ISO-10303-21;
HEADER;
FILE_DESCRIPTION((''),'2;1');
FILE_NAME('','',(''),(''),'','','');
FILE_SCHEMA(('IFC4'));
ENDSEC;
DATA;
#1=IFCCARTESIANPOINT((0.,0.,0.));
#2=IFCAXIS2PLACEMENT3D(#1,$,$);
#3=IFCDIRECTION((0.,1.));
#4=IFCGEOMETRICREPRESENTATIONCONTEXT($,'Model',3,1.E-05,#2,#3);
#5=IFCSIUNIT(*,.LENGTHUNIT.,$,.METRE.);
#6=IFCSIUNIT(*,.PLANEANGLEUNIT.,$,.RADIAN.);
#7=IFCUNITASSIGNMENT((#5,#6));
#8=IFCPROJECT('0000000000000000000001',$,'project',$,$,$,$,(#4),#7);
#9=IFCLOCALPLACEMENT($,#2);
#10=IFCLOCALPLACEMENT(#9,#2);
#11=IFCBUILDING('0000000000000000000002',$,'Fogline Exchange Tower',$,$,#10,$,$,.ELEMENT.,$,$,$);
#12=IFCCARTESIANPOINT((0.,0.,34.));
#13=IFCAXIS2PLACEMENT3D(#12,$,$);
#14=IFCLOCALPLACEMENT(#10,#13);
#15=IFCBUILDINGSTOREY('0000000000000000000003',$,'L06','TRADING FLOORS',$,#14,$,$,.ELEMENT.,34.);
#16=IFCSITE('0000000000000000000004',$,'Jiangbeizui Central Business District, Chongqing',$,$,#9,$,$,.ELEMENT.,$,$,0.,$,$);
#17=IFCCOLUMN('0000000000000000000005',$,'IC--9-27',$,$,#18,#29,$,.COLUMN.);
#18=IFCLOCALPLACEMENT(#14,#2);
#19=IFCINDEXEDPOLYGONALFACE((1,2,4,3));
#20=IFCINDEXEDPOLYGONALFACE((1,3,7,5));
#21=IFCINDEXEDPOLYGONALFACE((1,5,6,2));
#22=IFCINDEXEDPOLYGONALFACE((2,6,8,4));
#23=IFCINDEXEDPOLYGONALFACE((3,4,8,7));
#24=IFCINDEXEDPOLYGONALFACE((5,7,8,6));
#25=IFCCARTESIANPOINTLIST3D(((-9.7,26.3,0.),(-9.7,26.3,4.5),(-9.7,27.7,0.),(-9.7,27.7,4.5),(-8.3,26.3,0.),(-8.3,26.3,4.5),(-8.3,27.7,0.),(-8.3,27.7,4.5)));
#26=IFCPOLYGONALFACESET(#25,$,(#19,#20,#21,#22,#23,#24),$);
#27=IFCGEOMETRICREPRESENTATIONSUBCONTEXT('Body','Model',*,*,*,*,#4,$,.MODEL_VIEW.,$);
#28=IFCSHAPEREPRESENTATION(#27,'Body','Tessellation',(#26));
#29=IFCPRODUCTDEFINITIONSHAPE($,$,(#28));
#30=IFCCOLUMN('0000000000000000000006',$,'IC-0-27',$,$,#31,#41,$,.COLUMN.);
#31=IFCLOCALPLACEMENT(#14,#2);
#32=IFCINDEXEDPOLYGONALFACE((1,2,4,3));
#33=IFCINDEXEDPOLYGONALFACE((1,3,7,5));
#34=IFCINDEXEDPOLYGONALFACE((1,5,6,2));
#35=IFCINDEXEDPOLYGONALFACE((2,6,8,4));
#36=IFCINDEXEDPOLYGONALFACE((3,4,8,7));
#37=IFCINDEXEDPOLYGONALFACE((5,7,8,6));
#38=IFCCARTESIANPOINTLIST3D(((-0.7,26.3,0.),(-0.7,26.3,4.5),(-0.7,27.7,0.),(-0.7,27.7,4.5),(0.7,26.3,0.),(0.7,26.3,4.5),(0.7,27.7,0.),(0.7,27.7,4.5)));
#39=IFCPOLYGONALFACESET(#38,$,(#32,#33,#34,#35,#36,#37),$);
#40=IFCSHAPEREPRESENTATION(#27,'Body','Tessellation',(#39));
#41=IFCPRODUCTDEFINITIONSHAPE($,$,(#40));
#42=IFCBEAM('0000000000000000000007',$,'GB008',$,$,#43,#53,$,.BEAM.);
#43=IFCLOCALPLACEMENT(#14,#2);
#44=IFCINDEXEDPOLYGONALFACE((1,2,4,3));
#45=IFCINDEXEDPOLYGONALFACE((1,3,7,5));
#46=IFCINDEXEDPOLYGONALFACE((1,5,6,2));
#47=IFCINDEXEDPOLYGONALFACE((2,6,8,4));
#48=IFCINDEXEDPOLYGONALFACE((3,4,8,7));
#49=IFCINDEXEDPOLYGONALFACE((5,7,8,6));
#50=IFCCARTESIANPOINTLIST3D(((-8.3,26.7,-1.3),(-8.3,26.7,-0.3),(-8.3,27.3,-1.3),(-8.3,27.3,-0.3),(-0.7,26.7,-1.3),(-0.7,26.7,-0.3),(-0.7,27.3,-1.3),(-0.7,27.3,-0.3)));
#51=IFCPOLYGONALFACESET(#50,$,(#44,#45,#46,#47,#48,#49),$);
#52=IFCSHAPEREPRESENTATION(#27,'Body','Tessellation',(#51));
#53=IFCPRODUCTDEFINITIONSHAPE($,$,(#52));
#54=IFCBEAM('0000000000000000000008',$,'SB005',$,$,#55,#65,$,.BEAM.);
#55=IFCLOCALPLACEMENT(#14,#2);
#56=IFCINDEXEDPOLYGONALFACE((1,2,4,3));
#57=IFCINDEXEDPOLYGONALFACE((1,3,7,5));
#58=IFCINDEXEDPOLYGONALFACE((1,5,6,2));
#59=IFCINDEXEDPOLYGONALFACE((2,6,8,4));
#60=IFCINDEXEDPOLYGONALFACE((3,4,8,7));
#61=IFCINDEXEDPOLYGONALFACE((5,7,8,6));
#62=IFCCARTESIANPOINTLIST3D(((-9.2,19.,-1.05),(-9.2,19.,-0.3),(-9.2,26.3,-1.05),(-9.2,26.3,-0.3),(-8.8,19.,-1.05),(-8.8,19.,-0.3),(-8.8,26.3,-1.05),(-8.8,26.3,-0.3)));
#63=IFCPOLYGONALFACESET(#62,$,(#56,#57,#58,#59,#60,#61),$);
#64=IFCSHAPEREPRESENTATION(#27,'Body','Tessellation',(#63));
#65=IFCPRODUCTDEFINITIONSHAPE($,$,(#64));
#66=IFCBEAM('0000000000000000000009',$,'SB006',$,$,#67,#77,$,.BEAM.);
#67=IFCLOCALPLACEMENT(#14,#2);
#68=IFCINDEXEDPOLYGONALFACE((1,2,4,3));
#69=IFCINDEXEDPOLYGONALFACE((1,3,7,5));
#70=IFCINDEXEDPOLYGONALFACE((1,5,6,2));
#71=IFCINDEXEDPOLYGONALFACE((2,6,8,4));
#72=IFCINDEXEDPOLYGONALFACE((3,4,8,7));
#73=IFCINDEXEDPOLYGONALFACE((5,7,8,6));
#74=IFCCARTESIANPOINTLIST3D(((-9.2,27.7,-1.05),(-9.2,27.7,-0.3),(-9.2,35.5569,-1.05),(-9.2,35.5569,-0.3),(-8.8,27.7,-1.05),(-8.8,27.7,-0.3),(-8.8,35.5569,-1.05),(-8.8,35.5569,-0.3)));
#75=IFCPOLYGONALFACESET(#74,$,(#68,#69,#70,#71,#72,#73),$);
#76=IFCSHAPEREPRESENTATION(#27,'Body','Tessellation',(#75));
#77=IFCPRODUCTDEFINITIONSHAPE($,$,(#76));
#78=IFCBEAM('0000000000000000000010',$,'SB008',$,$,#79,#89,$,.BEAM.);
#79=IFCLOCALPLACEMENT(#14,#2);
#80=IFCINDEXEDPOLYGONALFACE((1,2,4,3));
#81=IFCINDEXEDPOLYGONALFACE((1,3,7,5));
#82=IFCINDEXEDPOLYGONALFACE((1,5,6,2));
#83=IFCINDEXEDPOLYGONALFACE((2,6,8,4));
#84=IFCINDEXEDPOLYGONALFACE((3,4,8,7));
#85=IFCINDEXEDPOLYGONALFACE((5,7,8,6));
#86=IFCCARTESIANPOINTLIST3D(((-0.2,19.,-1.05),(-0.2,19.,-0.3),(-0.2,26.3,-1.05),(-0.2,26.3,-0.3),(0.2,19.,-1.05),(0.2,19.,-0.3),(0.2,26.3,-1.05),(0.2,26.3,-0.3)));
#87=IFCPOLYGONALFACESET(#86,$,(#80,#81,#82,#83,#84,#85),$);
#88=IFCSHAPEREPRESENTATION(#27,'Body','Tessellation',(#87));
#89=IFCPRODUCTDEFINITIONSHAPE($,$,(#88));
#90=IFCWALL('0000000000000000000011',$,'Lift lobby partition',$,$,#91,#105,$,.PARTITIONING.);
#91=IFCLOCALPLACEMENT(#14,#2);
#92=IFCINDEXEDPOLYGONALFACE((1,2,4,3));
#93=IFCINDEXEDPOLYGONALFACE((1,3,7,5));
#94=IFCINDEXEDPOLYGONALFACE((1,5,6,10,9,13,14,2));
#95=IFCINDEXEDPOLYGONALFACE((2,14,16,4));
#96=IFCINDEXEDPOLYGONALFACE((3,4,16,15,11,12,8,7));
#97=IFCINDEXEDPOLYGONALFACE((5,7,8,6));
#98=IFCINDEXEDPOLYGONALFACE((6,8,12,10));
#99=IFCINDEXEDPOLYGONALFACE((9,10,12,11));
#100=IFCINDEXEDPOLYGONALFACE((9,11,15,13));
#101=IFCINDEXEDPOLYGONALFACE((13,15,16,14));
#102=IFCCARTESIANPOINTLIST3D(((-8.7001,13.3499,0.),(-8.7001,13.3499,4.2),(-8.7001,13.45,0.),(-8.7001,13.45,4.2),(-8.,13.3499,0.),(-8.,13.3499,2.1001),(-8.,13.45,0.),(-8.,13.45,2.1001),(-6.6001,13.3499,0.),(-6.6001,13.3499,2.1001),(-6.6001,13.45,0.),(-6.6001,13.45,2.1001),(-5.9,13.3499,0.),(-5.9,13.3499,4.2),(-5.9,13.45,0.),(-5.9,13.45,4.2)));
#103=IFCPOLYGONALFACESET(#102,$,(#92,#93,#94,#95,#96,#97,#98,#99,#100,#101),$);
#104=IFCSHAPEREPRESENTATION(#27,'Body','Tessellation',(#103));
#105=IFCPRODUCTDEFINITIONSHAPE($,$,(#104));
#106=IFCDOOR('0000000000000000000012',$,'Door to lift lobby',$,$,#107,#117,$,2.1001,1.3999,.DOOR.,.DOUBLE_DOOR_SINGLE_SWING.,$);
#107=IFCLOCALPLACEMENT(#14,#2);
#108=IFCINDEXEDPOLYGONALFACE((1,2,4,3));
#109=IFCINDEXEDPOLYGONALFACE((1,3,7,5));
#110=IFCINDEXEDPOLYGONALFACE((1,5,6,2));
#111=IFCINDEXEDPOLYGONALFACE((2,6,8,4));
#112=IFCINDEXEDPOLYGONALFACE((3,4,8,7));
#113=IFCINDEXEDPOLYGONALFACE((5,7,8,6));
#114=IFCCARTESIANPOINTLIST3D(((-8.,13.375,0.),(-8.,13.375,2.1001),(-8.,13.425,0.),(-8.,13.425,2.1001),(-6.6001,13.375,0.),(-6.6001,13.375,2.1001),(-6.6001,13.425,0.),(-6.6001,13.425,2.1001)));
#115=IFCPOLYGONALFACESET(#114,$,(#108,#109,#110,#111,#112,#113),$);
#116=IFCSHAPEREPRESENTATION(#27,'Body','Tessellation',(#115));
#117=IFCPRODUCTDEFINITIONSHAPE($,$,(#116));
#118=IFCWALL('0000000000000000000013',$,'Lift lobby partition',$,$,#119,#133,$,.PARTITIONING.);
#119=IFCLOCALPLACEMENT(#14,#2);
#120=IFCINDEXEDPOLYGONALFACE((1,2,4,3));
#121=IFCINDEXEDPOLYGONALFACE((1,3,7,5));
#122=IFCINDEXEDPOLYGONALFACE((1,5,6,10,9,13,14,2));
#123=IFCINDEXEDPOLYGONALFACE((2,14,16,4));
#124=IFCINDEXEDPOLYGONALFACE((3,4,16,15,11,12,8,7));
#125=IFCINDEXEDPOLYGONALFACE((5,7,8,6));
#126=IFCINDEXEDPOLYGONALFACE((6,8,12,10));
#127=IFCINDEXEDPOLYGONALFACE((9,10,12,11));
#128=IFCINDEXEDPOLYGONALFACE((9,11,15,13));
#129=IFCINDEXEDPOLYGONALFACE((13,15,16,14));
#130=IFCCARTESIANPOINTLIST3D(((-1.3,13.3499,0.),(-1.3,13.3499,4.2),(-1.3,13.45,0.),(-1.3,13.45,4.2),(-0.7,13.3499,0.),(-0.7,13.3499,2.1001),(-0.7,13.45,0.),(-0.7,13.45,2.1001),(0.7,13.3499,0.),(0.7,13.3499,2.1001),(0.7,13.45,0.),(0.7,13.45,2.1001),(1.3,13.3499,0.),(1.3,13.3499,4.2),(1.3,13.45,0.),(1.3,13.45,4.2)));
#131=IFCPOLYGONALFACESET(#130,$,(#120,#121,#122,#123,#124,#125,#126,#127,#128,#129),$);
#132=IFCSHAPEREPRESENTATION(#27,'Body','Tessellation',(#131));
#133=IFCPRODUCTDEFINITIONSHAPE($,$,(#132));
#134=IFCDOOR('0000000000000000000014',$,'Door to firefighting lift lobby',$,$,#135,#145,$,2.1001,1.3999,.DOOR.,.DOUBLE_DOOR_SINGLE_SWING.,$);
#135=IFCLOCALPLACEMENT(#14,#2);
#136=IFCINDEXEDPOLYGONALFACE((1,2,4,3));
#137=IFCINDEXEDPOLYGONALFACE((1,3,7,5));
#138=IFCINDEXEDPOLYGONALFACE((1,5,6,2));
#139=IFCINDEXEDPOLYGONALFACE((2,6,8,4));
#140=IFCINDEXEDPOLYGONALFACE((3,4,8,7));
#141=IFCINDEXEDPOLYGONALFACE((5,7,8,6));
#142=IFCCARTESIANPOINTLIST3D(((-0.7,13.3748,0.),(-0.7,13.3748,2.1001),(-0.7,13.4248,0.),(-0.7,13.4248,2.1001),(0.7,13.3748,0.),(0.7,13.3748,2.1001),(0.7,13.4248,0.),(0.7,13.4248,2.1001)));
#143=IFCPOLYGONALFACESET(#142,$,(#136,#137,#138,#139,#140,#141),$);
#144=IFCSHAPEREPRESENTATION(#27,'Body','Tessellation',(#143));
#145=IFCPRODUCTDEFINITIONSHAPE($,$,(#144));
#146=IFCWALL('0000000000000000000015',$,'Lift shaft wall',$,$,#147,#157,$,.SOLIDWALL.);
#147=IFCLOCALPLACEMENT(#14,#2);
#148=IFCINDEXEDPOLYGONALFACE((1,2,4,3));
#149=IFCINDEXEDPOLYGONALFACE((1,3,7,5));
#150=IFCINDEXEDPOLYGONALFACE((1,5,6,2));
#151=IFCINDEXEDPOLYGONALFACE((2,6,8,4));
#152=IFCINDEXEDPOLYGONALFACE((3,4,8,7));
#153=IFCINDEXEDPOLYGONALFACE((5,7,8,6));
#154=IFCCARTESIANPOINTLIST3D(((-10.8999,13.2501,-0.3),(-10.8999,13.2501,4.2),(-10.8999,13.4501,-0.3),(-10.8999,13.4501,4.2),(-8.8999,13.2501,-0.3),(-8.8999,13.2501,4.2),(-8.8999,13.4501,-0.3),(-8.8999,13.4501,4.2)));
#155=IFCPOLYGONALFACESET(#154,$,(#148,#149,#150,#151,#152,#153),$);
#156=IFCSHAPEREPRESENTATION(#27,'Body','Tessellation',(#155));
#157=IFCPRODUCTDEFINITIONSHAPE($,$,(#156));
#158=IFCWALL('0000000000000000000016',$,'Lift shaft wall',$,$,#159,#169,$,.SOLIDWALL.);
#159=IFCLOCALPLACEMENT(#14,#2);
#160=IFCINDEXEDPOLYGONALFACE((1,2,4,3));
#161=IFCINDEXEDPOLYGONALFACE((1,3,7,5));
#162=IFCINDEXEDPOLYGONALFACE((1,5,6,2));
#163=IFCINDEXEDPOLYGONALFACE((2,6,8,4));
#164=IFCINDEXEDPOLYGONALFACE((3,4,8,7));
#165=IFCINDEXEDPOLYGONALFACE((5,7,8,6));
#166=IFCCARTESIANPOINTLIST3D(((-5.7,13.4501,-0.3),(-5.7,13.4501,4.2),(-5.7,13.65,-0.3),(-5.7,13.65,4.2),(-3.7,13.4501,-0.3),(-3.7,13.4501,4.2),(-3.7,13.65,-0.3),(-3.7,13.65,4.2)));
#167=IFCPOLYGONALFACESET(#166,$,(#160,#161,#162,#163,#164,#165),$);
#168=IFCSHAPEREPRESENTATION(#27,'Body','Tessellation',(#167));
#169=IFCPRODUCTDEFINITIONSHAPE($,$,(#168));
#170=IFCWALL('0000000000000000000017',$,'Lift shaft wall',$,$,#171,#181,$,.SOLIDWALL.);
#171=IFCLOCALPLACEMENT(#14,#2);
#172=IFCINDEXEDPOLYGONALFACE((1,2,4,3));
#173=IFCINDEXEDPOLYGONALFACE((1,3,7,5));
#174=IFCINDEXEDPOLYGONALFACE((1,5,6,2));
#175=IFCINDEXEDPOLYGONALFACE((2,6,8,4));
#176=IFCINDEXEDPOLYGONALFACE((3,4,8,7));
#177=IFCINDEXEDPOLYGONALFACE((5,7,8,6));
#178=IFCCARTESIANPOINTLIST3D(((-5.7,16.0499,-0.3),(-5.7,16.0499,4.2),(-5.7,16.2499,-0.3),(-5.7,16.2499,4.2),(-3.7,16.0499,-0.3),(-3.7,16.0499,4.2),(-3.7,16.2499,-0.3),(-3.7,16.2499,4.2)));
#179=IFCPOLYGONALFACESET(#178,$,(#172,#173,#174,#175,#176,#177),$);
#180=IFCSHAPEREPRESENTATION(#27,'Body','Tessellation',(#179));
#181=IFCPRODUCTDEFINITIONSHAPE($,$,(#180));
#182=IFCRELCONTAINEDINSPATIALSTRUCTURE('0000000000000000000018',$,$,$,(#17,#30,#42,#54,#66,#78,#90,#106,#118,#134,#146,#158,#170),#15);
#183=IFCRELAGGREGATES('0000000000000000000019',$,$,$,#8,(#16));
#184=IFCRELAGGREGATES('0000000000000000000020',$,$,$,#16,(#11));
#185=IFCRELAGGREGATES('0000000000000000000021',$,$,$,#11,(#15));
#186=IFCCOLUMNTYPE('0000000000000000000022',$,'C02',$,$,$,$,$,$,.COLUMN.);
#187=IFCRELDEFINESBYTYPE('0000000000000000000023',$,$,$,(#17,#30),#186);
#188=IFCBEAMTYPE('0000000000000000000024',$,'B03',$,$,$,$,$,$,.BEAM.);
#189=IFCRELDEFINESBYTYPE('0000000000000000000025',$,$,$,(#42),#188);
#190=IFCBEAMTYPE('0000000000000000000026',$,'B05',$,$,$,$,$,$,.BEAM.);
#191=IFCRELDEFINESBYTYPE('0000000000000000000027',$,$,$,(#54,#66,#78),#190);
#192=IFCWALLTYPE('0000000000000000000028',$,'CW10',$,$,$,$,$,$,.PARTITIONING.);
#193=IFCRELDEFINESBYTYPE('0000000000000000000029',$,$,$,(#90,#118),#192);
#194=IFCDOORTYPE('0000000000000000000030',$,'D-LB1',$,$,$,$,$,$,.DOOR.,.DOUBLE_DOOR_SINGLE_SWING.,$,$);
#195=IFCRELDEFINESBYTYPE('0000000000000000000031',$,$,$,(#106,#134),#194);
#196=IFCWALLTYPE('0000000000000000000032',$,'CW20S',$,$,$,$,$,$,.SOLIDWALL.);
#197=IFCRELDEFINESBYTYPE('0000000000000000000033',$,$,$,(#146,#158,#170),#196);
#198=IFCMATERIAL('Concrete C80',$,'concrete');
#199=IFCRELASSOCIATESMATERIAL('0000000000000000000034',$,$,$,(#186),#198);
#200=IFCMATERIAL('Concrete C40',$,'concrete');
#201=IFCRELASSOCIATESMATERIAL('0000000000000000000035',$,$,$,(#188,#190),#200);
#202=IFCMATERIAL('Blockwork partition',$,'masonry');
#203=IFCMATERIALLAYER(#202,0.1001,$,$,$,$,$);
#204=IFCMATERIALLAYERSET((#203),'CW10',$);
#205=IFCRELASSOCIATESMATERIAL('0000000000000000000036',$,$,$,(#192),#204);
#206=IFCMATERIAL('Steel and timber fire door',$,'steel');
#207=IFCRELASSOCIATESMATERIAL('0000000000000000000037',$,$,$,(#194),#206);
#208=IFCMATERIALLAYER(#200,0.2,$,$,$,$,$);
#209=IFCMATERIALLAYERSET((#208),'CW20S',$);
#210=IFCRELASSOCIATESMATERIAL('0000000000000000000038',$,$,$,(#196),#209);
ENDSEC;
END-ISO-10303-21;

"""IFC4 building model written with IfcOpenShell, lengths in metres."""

from ifc_helpers import new_model, si_unit, direction, frame, frame_2d, origin, origin_2d, place, context, subcontext, project, spatial, rectangle, extrude, material, layer, layer_set, material_profile, profile_set, type_object, element, fill, save


model = new_model("IFC4")

# Units and contexts
model_context = context("Model", 3, precision=1e-05, world=origin(), true_north=direction((0.0, 1.0)))
body_context = subcontext(model_context, "Body", "Model", "MODEL_VIEW")
ifc_project = project(units=[si_unit("LENGTHUNIT", "METRE"), si_unit("PLANEANGLEUNIT", "RADIAN")], contexts=[model_context])

# Site, building, storey
site_placement = place(None, origin())
site = spatial("IfcSite", under=ifc_project, at=site_placement, Name="Jiangbeizui Central Business District, Chongqing", CompositionType="ELEMENT", RefElevation=0.0)
building_placement = place(site_placement, origin())
building = spatial("IfcBuilding", under=site, at=building_placement, Name="Fogline Exchange Tower", CompositionType="ELEMENT")
storey_placement = place(building_placement, frame((0.0, 0.0, 34.0)))
storey = spatial("IfcBuildingStorey", under=building, at=storey_placement, Name="L06", Description="TRADING FLOORS", CompositionType="ELEMENT", Elevation=34.0)

# Columns
ifc_material_1 = material(Name="Concrete C80", Category="concrete")
ifc_material_profile_1 = material_profile(ifc_material_1, rectangle(XDim=1.3999, YDim=1.3999, at=origin_2d()), Name="RC 1400x1400")
ifc_profile_set_1 = profile_set([ifc_material_profile_1], Name="Concrete C80")
column_type = type_object("IfcColumnType", Name="C02", PredefinedType="COLUMN", material=ifc_profile_set_1)
for number, where, z_axis, x_axis, name in (
    (1, (-9.0, 27.0, 0.0), (0.0, 0.0, 1.0), (1.0, 0.0, 0.0), "IC--9-27"),
    (2, (0.0, 27.0, 0.0), (0.0, 0.0, 1.0), (1.0, 0.0, 0.0), "IC-0-27"),
):
    element("IfcColumn", number, at=place(storey_placement, frame(where, z_axis=z_axis, x_axis=x_axis)), inside=storey, type_object=column_type, Name=name, PredefinedType="COLUMN", context=body_context, shape_type="SweptSolid", body=[
        extrude(rectangle(XDim=1.3999, YDim=1.3999, at=origin_2d()), origin(), (0.0, 0.0, 1.0), 4.5),
    ])

# Beams
ifc_material_2 = material(Name="Concrete C40", Category="concrete")
ifc_material_profile_2 = material_profile(ifc_material_2, rectangle(XDim=0.6001, YDim=1.0, at=origin_2d()), Name="RC 600x1000")
ifc_profile_set_2 = profile_set([ifc_material_profile_2], Name="Concrete C40")
beam_type_1 = type_object("IfcBeamType", Name="B03", PredefinedType="BEAM", material=ifc_profile_set_2)
beam_1_placement = place(storey_placement, frame((-8.3, 27.0, -0.8), z_axis=(1.0, 0.0, 0.0), x_axis=(0.0, 1.0, 0.0)))
element("IfcBeam", 3, at=beam_1_placement, inside=storey, type_object=beam_type_1, Name="GB008", PredefinedType="BEAM", context=body_context, shape_type="SweptSolid", body=[
    extrude(rectangle(XDim=0.6001, YDim=1.0, at=origin_2d()), origin(), (0.0, 0.0, 1.0), 7.6001),
])
ifc_material_profile_3 = material_profile(ifc_material_2, rectangle(XDim=0.3999, YDim=0.75, at=origin_2d()), Name="RC 400x750")
ifc_profile_set_3 = profile_set([ifc_material_profile_3], Name="Concrete C40")
beam_type_2 = type_object("IfcBeamType", Name="B05", PredefinedType="BEAM", material=ifc_profile_set_3)
beam_2_placement = place(storey_placement, frame((-9.0, 19.0, -0.675), z_axis=(0.0, 1.0, 0.0), x_axis=(-1.0, 0.0, 0.0)))
element("IfcBeam", 4, at=beam_2_placement, inside=storey, type_object=beam_type_2, Name="SB005", PredefinedType="BEAM", context=body_context, shape_type="SweptSolid", body=[
    extrude(rectangle(XDim=0.3999, YDim=0.75, at=origin_2d()), origin(), (0.0, 0.0, 1.0), 7.3),
])
beam_3_placement = place(storey_placement, frame((-9.0, 27.7, -0.675), z_axis=(0.0, 1.0, 0.0), x_axis=(-1.0, 0.0, 0.0)))
element("IfcBeam", 5, at=beam_3_placement, inside=storey, type_object=beam_type_2, Name="SB006", PredefinedType="BEAM", context=body_context, shape_type="SweptSolid", body=[
    extrude(rectangle(XDim=0.3999, YDim=0.75, at=origin_2d()), origin(), (0.0, 0.0, 1.0), 7.8569),
])
beam_4_placement = place(storey_placement, frame((0.0, 19.0, -0.675), z_axis=(0.0, 1.0, 0.0), x_axis=(-1.0, 0.0, 0.0)))
element("IfcBeam", 6, at=beam_4_placement, inside=storey, type_object=beam_type_2, Name="SB008", PredefinedType="BEAM", context=body_context, shape_type="SweptSolid", body=[
    extrude(rectangle(XDim=0.3999, YDim=0.75, at=origin_2d()), origin(), (0.0, 0.0, 1.0), 7.3),
])

# Walls, openings, doors
ifc_material_3 = material(Name="Blockwork partition", Category="masonry")
ifc_layer_1 = layer(ifc_material_3, 0.1001)
ifc_layer_set_1 = layer_set([ifc_layer_1], Name="CW10")
wall_type_1 = type_object("IfcWallType", Name="CW10", PredefinedType="PARTITIONING", material=ifc_layer_set_1)
wall_1_placement = place(storey_placement, frame((-8.7, 13.3999, 0.0), z_axis=(0.0, 0.0, 1.0), x_axis=(1.0, 0.0, 0.0)))
wall_1 = element("IfcWall", 7, at=wall_1_placement, inside=storey, type_object=wall_type_1, Name="Lift lobby partition", PredefinedType="PARTITIONING", context=body_context, shape_type="SweptSolid", body=[
    extrude(rectangle(XDim=2.8, YDim=0.1001, at=frame_2d((1.3999, 0.0))), origin(), (0.0, 0.0, 1.0), 4.2),
])
opening_1_placement = place(wall_1_placement, frame((0.7, 0.0, 0.0)))
opening_1 = element("IfcOpeningElement", 8, at=opening_1_placement, cuts=wall_1, PredefinedType="OPENING", context=body_context, shape_type="SweptSolid", body=[
    extrude(rectangle(XDim=1.3999, YDim=2.1001, at=frame_2d((0.7, 1.05))), frame((0.0, 0.0601, 0.0), z_axis=(0.0, -1.0, 0.0), x_axis=(1.0, 0.0, 0.0)), (0.0, 0.0, 1.0), 0.1201),
])
ifc_material_4 = material(Name="Steel and timber fire door", Category="steel")
door_type_1 = type_object("IfcDoorType", Name="D-LB1", OperationType="DOUBLE_DOOR_SINGLE_SWING", PredefinedType="DOOR", material=ifc_material_4)
door_1_placement = place(opening_1_placement, frame((1.3999, 0.0, 0.0), z_axis=(0.0, 0.0, 1.0), x_axis=(-1.0, 0.0, 0.0)))
door_1 = element("IfcDoor", 9, at=door_1_placement, inside=storey, type_object=door_type_1, Name="Door to lift lobby", OperationType="DOUBLE_DOOR_SINGLE_SWING", OverallHeight=2.1001, OverallWidth=1.3999, PredefinedType="DOOR", context=body_context, shape_type="SweptSolid", body=[
    extrude(rectangle(XDim=1.3999, YDim=2.1001, at=frame_2d((0.7, 1.05))), frame((0.0, 0.0249, 0.0), z_axis=(0.0, -1.0, 0.0), x_axis=(1.0, 0.0, 0.0)), (0.0, 0.0, 1.0), 0.05),
])
fill(opening_1, door_1)
wall_2_placement = place(storey_placement, frame((-1.3, 13.3999, 0.0), z_axis=(0.0, 0.0, 1.0), x_axis=(1.0, 0.0, 0.0)))
wall_2 = element("IfcWall", 10, at=wall_2_placement, inside=storey, type_object=wall_type_1, Name="Lift lobby partition", PredefinedType="PARTITIONING", context=body_context, shape_type="SweptSolid", body=[
    extrude(rectangle(XDim=2.6001, YDim=0.1001, at=frame_2d((1.3, 0.0))), origin(), (0.0, 0.0, 1.0), 4.2),
])
opening_2_placement = place(wall_2_placement, frame((0.6001, 0.0, 0.0)))
opening_2 = element("IfcOpeningElement", 11, at=opening_2_placement, cuts=wall_2, PredefinedType="OPENING", context=body_context, shape_type="SweptSolid", body=[
    extrude(rectangle(XDim=1.3999, YDim=2.1001, at=frame_2d((0.7, 1.05))), frame((0.0, 0.0601, 0.0), z_axis=(0.0, -1.0, 0.0), x_axis=(1.0, 0.0, 0.0)), (0.0, 0.0, 1.0), 0.1201),
])
door_2_placement = place(opening_2_placement, origin())
door_2 = element("IfcDoor", 12, at=door_2_placement, inside=storey, type_object=door_type_1, Name="Door to firefighting lift lobby", OperationType="DOUBLE_DOOR_SINGLE_SWING", OverallHeight=2.1001, OverallWidth=1.3999, PredefinedType="DOOR", context=body_context, shape_type="SweptSolid", body=[
    extrude(rectangle(XDim=1.3999, YDim=2.1001, at=frame_2d((0.7, 1.05))), frame((0.0, 0.0249, 0.0), z_axis=(0.0, -1.0, 0.0), x_axis=(1.0, 0.0, 0.0)), (0.0, 0.0, 1.0), 0.05),
])
fill(opening_2, door_2)

# Walls
ifc_layer_2 = layer(ifc_material_2, 0.2)
ifc_layer_set_2 = layer_set([ifc_layer_2], Name="CW20S")
wall_type_2 = type_object("IfcWallType", Name="CW20S", PredefinedType="SOLIDWALL", material=ifc_layer_set_2)
for number, where, z_axis, x_axis, name in (
    (13, (-10.8999, 13.3501, -0.3), (0.0, 0.0, 1.0), (1.0, 0.0, 0.0), "Lift shaft wall"),
    (14, (-5.7, 13.55, -0.3), (0.0, 0.0, 1.0), (1.0, 0.0, 0.0), "Lift shaft wall"),
    (15, (-5.7, 16.1499, -0.3), (0.0, 0.0, 1.0), (1.0, 0.0, 0.0), "Lift shaft wall"),
):
    element("IfcWall", number, at=place(storey_placement, frame(where, z_axis=z_axis, x_axis=x_axis)), inside=storey, type_object=wall_type_2, Name=name, PredefinedType="SOLIDWALL", context=body_context, shape_type="SweptSolid", body=[
        extrude(rectangle(XDim=2.0, YDim=0.2, at=frame_2d((1.0, 0.0))), origin(), (0.0, 0.0, 1.0), 4.5),
    ])

save(model, "model.ifc")
